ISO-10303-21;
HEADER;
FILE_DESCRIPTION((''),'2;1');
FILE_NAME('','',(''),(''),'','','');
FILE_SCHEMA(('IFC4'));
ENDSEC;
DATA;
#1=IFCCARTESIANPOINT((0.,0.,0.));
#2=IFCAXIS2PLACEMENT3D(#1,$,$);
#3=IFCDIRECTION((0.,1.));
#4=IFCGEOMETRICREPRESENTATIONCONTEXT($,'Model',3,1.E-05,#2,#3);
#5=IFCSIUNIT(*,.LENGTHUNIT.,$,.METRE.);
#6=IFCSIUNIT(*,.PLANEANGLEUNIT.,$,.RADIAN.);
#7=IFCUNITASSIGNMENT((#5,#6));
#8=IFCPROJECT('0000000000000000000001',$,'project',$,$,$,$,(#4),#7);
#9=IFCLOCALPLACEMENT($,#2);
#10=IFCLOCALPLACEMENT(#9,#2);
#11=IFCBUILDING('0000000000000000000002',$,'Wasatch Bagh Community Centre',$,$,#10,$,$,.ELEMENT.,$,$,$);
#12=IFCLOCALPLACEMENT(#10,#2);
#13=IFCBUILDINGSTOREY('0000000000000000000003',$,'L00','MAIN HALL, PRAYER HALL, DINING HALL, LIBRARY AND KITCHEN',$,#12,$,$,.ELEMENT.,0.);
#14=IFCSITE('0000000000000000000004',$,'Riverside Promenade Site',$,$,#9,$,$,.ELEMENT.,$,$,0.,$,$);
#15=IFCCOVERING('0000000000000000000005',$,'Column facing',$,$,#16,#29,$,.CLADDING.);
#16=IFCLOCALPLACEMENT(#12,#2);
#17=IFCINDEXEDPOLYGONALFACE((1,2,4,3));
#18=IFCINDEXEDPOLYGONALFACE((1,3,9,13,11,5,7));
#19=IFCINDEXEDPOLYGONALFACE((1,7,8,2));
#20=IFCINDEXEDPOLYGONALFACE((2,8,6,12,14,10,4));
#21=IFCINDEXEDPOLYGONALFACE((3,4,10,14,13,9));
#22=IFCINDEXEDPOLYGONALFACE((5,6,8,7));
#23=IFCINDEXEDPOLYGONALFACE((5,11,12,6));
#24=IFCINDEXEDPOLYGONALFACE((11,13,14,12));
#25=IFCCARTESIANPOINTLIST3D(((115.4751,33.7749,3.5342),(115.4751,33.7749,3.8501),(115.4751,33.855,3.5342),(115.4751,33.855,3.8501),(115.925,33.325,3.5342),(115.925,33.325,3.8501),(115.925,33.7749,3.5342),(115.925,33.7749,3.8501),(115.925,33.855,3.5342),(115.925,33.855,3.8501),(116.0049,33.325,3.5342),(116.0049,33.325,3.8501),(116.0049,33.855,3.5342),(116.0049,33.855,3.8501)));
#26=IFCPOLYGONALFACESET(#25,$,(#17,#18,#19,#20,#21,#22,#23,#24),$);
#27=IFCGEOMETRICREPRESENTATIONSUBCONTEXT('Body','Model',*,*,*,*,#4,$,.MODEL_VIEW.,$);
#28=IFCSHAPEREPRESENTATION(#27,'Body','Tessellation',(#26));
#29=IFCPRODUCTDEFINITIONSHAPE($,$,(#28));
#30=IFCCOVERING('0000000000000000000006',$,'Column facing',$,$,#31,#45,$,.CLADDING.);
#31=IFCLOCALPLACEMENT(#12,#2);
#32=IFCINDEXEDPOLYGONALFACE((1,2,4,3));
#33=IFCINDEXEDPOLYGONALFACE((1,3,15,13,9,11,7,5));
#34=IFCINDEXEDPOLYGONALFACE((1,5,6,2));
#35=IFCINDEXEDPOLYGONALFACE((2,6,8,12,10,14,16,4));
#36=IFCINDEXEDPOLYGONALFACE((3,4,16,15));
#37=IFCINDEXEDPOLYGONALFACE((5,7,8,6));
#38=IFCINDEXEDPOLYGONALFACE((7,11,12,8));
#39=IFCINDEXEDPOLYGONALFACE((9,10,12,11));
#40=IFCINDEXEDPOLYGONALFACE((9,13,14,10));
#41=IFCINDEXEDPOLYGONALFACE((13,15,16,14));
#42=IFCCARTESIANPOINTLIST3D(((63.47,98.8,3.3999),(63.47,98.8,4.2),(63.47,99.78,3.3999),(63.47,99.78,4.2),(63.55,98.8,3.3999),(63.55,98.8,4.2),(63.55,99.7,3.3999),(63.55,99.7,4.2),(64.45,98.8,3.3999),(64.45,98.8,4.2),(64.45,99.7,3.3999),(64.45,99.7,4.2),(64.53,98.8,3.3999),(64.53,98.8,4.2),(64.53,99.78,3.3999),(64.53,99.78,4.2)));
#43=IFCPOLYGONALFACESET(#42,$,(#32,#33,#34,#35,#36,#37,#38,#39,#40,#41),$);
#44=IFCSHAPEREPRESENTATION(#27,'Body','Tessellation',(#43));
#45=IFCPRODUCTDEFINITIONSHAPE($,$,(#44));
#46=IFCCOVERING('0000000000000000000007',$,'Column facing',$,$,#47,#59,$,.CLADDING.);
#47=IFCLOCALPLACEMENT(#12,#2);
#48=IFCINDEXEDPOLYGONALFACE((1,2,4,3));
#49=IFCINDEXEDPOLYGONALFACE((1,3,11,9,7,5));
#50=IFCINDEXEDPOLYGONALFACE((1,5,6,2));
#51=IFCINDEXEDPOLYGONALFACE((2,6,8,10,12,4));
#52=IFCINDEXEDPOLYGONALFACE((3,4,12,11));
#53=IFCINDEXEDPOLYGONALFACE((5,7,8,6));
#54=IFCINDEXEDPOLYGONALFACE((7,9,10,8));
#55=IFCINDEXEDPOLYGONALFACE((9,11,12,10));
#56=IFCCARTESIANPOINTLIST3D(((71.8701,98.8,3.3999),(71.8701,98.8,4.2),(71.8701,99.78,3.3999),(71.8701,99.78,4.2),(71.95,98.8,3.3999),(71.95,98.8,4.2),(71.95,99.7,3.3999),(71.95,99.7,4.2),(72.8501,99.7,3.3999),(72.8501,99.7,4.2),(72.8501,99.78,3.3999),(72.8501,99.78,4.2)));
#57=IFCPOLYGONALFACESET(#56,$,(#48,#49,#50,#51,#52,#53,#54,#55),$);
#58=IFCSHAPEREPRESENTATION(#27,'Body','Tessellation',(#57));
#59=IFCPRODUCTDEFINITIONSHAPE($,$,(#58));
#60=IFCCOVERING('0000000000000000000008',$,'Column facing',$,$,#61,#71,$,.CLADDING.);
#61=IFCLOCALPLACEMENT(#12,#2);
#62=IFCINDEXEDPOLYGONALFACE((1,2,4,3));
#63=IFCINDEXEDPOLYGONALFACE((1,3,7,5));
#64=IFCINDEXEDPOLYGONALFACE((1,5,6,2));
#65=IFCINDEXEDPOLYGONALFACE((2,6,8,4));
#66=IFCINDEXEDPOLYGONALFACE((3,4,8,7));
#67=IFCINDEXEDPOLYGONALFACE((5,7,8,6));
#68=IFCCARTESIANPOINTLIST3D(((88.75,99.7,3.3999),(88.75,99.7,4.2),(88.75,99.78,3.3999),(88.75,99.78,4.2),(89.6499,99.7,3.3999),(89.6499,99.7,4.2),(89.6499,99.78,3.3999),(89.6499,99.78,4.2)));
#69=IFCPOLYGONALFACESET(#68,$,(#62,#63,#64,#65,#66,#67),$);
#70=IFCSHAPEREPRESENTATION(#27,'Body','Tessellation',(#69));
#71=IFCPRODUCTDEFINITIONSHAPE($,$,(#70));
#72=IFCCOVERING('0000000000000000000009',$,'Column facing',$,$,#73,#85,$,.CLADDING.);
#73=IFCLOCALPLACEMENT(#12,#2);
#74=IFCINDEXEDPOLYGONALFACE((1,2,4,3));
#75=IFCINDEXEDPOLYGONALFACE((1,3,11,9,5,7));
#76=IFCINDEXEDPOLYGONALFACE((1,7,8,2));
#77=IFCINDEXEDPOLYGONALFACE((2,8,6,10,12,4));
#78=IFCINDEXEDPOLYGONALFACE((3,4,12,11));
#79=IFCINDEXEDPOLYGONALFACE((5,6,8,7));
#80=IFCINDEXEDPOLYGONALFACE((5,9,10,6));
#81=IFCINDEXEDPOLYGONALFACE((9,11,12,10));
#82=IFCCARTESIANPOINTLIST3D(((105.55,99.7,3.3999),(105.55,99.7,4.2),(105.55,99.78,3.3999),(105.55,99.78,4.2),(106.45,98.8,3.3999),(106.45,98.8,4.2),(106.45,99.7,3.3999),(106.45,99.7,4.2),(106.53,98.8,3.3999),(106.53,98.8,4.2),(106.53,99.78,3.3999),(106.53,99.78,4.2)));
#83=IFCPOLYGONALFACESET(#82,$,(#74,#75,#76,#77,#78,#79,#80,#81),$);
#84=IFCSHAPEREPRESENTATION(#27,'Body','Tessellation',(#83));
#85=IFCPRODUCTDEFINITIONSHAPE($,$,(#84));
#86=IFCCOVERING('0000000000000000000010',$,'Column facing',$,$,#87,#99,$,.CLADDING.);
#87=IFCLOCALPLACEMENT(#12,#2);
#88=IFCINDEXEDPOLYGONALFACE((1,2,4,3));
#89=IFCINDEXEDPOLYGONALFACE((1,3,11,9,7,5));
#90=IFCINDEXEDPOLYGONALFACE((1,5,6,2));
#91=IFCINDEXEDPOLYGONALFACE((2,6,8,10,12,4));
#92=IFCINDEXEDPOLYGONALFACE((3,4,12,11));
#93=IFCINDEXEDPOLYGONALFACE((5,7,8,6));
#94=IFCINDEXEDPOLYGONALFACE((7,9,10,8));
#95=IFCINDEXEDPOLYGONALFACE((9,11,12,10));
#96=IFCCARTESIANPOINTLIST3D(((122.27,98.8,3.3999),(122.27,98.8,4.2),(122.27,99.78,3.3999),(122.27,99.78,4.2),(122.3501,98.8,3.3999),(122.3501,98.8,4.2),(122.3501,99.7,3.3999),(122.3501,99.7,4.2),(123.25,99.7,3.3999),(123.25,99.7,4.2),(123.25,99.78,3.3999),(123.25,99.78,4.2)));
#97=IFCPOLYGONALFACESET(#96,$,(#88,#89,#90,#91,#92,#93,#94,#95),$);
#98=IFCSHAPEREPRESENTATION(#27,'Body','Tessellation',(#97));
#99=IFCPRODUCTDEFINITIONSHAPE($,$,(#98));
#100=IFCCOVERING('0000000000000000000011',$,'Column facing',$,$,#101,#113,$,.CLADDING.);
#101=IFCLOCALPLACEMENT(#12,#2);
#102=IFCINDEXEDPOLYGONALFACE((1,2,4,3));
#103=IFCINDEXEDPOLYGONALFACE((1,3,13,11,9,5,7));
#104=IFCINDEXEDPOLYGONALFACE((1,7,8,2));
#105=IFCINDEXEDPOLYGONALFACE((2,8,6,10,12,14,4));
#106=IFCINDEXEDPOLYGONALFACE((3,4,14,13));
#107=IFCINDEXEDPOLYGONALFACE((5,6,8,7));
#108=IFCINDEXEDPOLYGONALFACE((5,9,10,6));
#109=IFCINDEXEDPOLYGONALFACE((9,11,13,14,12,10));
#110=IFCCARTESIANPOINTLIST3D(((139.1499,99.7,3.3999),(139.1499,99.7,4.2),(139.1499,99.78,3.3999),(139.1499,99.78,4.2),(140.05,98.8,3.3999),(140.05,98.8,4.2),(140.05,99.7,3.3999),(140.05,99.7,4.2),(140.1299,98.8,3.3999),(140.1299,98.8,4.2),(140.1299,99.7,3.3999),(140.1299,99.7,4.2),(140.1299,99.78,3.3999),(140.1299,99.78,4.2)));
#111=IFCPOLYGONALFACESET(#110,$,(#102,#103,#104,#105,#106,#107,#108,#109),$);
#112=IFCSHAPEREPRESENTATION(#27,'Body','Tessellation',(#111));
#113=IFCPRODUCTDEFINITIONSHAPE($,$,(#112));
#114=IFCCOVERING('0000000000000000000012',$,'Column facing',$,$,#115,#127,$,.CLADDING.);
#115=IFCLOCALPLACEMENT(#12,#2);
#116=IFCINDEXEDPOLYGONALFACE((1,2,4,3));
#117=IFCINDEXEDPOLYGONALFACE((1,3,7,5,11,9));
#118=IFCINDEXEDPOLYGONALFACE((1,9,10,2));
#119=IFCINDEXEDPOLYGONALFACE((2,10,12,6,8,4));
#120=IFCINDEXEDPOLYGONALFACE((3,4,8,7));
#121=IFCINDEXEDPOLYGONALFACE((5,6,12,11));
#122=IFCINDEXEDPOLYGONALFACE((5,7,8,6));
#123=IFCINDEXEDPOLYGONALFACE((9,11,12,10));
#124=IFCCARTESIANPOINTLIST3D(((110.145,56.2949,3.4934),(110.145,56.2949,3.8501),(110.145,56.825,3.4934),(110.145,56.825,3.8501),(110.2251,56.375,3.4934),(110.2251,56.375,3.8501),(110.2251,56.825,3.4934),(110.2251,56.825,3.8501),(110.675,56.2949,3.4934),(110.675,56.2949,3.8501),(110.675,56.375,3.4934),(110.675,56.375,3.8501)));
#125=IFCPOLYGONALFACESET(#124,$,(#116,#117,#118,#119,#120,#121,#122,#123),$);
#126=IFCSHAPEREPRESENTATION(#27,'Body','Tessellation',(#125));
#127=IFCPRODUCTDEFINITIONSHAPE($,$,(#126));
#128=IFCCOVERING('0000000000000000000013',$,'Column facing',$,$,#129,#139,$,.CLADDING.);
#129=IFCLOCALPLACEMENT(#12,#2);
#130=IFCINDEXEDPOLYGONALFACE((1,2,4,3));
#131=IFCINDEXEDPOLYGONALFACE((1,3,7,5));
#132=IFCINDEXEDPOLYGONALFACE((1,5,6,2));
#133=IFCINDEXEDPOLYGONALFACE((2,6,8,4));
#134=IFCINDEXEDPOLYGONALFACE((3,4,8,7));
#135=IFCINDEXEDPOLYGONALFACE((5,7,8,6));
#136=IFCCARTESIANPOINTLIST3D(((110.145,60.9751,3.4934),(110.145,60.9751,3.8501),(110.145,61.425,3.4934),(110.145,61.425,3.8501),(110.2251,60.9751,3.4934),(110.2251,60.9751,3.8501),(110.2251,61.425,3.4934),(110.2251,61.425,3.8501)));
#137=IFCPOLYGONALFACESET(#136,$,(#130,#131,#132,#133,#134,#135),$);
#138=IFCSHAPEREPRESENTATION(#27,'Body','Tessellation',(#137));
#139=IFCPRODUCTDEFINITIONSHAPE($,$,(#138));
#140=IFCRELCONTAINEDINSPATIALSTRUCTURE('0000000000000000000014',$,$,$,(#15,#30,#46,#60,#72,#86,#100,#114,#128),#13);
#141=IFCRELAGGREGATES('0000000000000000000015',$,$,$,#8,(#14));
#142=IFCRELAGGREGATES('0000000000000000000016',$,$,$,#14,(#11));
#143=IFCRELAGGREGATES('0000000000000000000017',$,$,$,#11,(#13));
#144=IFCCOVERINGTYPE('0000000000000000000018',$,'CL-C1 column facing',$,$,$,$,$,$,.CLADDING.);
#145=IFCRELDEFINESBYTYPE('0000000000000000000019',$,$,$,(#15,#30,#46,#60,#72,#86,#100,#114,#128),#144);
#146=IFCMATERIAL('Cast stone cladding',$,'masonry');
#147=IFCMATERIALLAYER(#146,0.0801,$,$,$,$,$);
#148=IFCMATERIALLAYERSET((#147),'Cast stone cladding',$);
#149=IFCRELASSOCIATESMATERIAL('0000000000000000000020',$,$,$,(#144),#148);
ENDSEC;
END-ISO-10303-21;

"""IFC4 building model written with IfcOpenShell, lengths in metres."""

from ifc_helpers import new_model, si_unit, direction, frame, origin, place, context, subcontext, project, spatial, polyline, outline, extrude, material, layer, layer_set, type_object, element, save


model = new_model("IFC4")

# Units and contexts
model_context = context("Model", 3, precision=1e-05, world=origin(), true_north=direction((0.0, 1.0)))
body_context = subcontext(model_context, "Body", "Model", "MODEL_VIEW")
ifc_project = project(units=[si_unit("LENGTHUNIT", "METRE"), si_unit("PLANEANGLEUNIT", "RADIAN")], contexts=[model_context])

# Site, building, storey
site_placement = place(None, origin())
site = spatial("IfcSite", under=ifc_project, at=site_placement, Name="Riverside Promenade Site", CompositionType="ELEMENT", RefElevation=0.0)
building_placement = place(site_placement, origin())
building = spatial("IfcBuilding", under=site, at=building_placement, Name="Wasatch Bagh Community Centre", CompositionType="ELEMENT")
storey_placement = place(building_placement, origin())
storey = spatial("IfcBuildingStorey", under=building, at=storey_placement, Name="L00", Description="MAIN HALL, PRAYER HALL, DINING HALL, LIBRARY AND KITCHEN", CompositionType="ELEMENT", Elevation=0.0)

# Coverings
ifc_material = material(Name="Cast stone cladding", Category="masonry")
ifc_layer = layer(ifc_material, 0.0801)
ifc_layer_set = layer_set([ifc_layer], Name="Cast stone cladding")
covering_type = type_object("IfcCoveringType", Name="CL-C1 column facing", PredefinedType="CLADDING", material=ifc_layer_set)
covering_1_placement = place(storey_placement, frame((0.0, 0.0, 3.5342)))
element("IfcCovering", 1, at=covering_1_placement, inside=storey, type_object=covering_type, Name="Column facing", PredefinedType="CLADDING", context=body_context, shape_type="SweptSolid", body=[
    extrude(outline(polyline([(115.925, 33.7749), (115.4751, 33.7749), (115.4751, 33.855), (115.925, 33.855), (116.0049, 33.855), (116.0049, 33.325), (115.925, 33.325), (115.925, 33.7749)])), origin(), (0.0, 0.0, 1.0), 0.3159),
])
covering_2_placement = place(storey_placement, frame((0.0, 0.0, 3.3999)))
element("IfcCovering", 2, at=covering_2_placement, inside=storey, type_object=covering_type, Name="Column facing", PredefinedType="CLADDING", context=body_context, shape_type="SweptSolid", body=[
    extrude(outline(polyline([(63.47, 98.8), (63.47, 99.78), (64.53, 99.78), (64.53, 98.8), (64.45, 98.8), (64.45, 99.7), (63.55, 99.7), (63.55, 98.8), (63.47, 98.8)])), origin(), (0.0, 0.0, 1.0), 0.8),
])
covering_3_placement = place(storey_placement, frame((0.0, 0.0, 3.3999)))
element("IfcCovering", 3, at=covering_3_placement, inside=storey, type_object=covering_type, Name="Column facing", PredefinedType="CLADDING", context=body_context, shape_type="SweptSolid", body=[
    extrude(outline(polyline([(71.95, 98.8), (71.8701, 98.8), (71.8701, 99.78), (72.8501, 99.78), (72.8501, 99.7), (71.95, 99.7), (71.95, 98.8)])), origin(), (0.0, 0.0, 1.0), 0.8),
])
covering_4_placement = place(storey_placement, frame((0.0, 0.0, 3.3999)))
element("IfcCovering", 4, at=covering_4_placement, inside=storey, type_object=covering_type, Name="Column facing", PredefinedType="CLADDING", context=body_context, shape_type="SweptSolid", body=[
    extrude(outline(polyline([(89.6499, 99.7), (88.75, 99.7), (88.75, 99.78), (89.6499, 99.78), (89.6499, 99.7)])), origin(), (0.0, 0.0, 1.0), 0.8),
])
covering_5_placement = place(storey_placement, frame((0.0, 0.0, 3.3999)))
element("IfcCovering", 5, at=covering_5_placement, inside=storey, type_object=covering_type, Name="Column facing", PredefinedType="CLADDING", context=body_context, shape_type="SweptSolid", body=[
    extrude(outline(polyline([(106.45, 99.7), (105.55, 99.7), (105.55, 99.78), (106.53, 99.78), (106.53, 98.8), (106.45, 98.8), (106.45, 99.7)])), origin(), (0.0, 0.0, 1.0), 0.8),
])
covering_6_placement = place(storey_placement, frame((0.0, 0.0, 3.3999)))
element("IfcCovering", 6, at=covering_6_placement, inside=storey, type_object=covering_type, Name="Column facing", PredefinedType="CLADDING", context=body_context, shape_type="SweptSolid", body=[
    extrude(outline(polyline([(122.3501, 98.8), (122.27, 98.8), (122.27, 99.78), (123.25, 99.78), (123.25, 99.7), (122.3501, 99.7), (122.3501, 98.8)])), origin(), (0.0, 0.0, 1.0), 0.8),
])
covering_7_placement = place(storey_placement, frame((0.0, 0.0, 3.3999)))
element("IfcCovering", 7, at=covering_7_placement, inside=storey, type_object=covering_type, Name="Column facing", PredefinedType="CLADDING", context=body_context, shape_type="SweptSolid", body=[
    extrude(outline(polyline([(140.05, 99.7), (139.1499, 99.7), (139.1499, 99.78), (140.1299, 99.78), (140.1299, 99.7), (140.1299, 98.8), (140.05, 98.8), (140.05, 99.7)])), origin(), (0.0, 0.0, 1.0), 0.8),
])
covering_8_placement = place(storey_placement, frame((0.0, 0.0, 3.4934)))
element("IfcCovering", 8, at=covering_8_placement, inside=storey, type_object=covering_type, Name="Column facing", PredefinedType="CLADDING", context=body_context, shape_type="SweptSolid", body=[
    extrude(outline(polyline([(110.145, 56.2949), (110.145, 56.825), (110.2251, 56.825), (110.2251, 56.375), (110.675, 56.375), (110.675, 56.2949), (110.145, 56.2949)])), origin(), (0.0, 0.0, 1.0), 0.3567),
])
covering_9_placement = place(storey_placement, frame((0.0, 0.0, 3.4934)))
element("IfcCovering", 9, at=covering_9_placement, inside=storey, type_object=covering_type, Name="Column facing", PredefinedType="CLADDING", context=body_context, shape_type="SweptSolid", body=[
    extrude(outline(polyline([(110.2251, 61.425), (110.2251, 60.9751), (110.145, 60.9751), (110.145, 61.425), (110.2251, 61.425)])), origin(), (0.0, 0.0, 1.0), 0.3567),
])

save(model, "model.ifc")
